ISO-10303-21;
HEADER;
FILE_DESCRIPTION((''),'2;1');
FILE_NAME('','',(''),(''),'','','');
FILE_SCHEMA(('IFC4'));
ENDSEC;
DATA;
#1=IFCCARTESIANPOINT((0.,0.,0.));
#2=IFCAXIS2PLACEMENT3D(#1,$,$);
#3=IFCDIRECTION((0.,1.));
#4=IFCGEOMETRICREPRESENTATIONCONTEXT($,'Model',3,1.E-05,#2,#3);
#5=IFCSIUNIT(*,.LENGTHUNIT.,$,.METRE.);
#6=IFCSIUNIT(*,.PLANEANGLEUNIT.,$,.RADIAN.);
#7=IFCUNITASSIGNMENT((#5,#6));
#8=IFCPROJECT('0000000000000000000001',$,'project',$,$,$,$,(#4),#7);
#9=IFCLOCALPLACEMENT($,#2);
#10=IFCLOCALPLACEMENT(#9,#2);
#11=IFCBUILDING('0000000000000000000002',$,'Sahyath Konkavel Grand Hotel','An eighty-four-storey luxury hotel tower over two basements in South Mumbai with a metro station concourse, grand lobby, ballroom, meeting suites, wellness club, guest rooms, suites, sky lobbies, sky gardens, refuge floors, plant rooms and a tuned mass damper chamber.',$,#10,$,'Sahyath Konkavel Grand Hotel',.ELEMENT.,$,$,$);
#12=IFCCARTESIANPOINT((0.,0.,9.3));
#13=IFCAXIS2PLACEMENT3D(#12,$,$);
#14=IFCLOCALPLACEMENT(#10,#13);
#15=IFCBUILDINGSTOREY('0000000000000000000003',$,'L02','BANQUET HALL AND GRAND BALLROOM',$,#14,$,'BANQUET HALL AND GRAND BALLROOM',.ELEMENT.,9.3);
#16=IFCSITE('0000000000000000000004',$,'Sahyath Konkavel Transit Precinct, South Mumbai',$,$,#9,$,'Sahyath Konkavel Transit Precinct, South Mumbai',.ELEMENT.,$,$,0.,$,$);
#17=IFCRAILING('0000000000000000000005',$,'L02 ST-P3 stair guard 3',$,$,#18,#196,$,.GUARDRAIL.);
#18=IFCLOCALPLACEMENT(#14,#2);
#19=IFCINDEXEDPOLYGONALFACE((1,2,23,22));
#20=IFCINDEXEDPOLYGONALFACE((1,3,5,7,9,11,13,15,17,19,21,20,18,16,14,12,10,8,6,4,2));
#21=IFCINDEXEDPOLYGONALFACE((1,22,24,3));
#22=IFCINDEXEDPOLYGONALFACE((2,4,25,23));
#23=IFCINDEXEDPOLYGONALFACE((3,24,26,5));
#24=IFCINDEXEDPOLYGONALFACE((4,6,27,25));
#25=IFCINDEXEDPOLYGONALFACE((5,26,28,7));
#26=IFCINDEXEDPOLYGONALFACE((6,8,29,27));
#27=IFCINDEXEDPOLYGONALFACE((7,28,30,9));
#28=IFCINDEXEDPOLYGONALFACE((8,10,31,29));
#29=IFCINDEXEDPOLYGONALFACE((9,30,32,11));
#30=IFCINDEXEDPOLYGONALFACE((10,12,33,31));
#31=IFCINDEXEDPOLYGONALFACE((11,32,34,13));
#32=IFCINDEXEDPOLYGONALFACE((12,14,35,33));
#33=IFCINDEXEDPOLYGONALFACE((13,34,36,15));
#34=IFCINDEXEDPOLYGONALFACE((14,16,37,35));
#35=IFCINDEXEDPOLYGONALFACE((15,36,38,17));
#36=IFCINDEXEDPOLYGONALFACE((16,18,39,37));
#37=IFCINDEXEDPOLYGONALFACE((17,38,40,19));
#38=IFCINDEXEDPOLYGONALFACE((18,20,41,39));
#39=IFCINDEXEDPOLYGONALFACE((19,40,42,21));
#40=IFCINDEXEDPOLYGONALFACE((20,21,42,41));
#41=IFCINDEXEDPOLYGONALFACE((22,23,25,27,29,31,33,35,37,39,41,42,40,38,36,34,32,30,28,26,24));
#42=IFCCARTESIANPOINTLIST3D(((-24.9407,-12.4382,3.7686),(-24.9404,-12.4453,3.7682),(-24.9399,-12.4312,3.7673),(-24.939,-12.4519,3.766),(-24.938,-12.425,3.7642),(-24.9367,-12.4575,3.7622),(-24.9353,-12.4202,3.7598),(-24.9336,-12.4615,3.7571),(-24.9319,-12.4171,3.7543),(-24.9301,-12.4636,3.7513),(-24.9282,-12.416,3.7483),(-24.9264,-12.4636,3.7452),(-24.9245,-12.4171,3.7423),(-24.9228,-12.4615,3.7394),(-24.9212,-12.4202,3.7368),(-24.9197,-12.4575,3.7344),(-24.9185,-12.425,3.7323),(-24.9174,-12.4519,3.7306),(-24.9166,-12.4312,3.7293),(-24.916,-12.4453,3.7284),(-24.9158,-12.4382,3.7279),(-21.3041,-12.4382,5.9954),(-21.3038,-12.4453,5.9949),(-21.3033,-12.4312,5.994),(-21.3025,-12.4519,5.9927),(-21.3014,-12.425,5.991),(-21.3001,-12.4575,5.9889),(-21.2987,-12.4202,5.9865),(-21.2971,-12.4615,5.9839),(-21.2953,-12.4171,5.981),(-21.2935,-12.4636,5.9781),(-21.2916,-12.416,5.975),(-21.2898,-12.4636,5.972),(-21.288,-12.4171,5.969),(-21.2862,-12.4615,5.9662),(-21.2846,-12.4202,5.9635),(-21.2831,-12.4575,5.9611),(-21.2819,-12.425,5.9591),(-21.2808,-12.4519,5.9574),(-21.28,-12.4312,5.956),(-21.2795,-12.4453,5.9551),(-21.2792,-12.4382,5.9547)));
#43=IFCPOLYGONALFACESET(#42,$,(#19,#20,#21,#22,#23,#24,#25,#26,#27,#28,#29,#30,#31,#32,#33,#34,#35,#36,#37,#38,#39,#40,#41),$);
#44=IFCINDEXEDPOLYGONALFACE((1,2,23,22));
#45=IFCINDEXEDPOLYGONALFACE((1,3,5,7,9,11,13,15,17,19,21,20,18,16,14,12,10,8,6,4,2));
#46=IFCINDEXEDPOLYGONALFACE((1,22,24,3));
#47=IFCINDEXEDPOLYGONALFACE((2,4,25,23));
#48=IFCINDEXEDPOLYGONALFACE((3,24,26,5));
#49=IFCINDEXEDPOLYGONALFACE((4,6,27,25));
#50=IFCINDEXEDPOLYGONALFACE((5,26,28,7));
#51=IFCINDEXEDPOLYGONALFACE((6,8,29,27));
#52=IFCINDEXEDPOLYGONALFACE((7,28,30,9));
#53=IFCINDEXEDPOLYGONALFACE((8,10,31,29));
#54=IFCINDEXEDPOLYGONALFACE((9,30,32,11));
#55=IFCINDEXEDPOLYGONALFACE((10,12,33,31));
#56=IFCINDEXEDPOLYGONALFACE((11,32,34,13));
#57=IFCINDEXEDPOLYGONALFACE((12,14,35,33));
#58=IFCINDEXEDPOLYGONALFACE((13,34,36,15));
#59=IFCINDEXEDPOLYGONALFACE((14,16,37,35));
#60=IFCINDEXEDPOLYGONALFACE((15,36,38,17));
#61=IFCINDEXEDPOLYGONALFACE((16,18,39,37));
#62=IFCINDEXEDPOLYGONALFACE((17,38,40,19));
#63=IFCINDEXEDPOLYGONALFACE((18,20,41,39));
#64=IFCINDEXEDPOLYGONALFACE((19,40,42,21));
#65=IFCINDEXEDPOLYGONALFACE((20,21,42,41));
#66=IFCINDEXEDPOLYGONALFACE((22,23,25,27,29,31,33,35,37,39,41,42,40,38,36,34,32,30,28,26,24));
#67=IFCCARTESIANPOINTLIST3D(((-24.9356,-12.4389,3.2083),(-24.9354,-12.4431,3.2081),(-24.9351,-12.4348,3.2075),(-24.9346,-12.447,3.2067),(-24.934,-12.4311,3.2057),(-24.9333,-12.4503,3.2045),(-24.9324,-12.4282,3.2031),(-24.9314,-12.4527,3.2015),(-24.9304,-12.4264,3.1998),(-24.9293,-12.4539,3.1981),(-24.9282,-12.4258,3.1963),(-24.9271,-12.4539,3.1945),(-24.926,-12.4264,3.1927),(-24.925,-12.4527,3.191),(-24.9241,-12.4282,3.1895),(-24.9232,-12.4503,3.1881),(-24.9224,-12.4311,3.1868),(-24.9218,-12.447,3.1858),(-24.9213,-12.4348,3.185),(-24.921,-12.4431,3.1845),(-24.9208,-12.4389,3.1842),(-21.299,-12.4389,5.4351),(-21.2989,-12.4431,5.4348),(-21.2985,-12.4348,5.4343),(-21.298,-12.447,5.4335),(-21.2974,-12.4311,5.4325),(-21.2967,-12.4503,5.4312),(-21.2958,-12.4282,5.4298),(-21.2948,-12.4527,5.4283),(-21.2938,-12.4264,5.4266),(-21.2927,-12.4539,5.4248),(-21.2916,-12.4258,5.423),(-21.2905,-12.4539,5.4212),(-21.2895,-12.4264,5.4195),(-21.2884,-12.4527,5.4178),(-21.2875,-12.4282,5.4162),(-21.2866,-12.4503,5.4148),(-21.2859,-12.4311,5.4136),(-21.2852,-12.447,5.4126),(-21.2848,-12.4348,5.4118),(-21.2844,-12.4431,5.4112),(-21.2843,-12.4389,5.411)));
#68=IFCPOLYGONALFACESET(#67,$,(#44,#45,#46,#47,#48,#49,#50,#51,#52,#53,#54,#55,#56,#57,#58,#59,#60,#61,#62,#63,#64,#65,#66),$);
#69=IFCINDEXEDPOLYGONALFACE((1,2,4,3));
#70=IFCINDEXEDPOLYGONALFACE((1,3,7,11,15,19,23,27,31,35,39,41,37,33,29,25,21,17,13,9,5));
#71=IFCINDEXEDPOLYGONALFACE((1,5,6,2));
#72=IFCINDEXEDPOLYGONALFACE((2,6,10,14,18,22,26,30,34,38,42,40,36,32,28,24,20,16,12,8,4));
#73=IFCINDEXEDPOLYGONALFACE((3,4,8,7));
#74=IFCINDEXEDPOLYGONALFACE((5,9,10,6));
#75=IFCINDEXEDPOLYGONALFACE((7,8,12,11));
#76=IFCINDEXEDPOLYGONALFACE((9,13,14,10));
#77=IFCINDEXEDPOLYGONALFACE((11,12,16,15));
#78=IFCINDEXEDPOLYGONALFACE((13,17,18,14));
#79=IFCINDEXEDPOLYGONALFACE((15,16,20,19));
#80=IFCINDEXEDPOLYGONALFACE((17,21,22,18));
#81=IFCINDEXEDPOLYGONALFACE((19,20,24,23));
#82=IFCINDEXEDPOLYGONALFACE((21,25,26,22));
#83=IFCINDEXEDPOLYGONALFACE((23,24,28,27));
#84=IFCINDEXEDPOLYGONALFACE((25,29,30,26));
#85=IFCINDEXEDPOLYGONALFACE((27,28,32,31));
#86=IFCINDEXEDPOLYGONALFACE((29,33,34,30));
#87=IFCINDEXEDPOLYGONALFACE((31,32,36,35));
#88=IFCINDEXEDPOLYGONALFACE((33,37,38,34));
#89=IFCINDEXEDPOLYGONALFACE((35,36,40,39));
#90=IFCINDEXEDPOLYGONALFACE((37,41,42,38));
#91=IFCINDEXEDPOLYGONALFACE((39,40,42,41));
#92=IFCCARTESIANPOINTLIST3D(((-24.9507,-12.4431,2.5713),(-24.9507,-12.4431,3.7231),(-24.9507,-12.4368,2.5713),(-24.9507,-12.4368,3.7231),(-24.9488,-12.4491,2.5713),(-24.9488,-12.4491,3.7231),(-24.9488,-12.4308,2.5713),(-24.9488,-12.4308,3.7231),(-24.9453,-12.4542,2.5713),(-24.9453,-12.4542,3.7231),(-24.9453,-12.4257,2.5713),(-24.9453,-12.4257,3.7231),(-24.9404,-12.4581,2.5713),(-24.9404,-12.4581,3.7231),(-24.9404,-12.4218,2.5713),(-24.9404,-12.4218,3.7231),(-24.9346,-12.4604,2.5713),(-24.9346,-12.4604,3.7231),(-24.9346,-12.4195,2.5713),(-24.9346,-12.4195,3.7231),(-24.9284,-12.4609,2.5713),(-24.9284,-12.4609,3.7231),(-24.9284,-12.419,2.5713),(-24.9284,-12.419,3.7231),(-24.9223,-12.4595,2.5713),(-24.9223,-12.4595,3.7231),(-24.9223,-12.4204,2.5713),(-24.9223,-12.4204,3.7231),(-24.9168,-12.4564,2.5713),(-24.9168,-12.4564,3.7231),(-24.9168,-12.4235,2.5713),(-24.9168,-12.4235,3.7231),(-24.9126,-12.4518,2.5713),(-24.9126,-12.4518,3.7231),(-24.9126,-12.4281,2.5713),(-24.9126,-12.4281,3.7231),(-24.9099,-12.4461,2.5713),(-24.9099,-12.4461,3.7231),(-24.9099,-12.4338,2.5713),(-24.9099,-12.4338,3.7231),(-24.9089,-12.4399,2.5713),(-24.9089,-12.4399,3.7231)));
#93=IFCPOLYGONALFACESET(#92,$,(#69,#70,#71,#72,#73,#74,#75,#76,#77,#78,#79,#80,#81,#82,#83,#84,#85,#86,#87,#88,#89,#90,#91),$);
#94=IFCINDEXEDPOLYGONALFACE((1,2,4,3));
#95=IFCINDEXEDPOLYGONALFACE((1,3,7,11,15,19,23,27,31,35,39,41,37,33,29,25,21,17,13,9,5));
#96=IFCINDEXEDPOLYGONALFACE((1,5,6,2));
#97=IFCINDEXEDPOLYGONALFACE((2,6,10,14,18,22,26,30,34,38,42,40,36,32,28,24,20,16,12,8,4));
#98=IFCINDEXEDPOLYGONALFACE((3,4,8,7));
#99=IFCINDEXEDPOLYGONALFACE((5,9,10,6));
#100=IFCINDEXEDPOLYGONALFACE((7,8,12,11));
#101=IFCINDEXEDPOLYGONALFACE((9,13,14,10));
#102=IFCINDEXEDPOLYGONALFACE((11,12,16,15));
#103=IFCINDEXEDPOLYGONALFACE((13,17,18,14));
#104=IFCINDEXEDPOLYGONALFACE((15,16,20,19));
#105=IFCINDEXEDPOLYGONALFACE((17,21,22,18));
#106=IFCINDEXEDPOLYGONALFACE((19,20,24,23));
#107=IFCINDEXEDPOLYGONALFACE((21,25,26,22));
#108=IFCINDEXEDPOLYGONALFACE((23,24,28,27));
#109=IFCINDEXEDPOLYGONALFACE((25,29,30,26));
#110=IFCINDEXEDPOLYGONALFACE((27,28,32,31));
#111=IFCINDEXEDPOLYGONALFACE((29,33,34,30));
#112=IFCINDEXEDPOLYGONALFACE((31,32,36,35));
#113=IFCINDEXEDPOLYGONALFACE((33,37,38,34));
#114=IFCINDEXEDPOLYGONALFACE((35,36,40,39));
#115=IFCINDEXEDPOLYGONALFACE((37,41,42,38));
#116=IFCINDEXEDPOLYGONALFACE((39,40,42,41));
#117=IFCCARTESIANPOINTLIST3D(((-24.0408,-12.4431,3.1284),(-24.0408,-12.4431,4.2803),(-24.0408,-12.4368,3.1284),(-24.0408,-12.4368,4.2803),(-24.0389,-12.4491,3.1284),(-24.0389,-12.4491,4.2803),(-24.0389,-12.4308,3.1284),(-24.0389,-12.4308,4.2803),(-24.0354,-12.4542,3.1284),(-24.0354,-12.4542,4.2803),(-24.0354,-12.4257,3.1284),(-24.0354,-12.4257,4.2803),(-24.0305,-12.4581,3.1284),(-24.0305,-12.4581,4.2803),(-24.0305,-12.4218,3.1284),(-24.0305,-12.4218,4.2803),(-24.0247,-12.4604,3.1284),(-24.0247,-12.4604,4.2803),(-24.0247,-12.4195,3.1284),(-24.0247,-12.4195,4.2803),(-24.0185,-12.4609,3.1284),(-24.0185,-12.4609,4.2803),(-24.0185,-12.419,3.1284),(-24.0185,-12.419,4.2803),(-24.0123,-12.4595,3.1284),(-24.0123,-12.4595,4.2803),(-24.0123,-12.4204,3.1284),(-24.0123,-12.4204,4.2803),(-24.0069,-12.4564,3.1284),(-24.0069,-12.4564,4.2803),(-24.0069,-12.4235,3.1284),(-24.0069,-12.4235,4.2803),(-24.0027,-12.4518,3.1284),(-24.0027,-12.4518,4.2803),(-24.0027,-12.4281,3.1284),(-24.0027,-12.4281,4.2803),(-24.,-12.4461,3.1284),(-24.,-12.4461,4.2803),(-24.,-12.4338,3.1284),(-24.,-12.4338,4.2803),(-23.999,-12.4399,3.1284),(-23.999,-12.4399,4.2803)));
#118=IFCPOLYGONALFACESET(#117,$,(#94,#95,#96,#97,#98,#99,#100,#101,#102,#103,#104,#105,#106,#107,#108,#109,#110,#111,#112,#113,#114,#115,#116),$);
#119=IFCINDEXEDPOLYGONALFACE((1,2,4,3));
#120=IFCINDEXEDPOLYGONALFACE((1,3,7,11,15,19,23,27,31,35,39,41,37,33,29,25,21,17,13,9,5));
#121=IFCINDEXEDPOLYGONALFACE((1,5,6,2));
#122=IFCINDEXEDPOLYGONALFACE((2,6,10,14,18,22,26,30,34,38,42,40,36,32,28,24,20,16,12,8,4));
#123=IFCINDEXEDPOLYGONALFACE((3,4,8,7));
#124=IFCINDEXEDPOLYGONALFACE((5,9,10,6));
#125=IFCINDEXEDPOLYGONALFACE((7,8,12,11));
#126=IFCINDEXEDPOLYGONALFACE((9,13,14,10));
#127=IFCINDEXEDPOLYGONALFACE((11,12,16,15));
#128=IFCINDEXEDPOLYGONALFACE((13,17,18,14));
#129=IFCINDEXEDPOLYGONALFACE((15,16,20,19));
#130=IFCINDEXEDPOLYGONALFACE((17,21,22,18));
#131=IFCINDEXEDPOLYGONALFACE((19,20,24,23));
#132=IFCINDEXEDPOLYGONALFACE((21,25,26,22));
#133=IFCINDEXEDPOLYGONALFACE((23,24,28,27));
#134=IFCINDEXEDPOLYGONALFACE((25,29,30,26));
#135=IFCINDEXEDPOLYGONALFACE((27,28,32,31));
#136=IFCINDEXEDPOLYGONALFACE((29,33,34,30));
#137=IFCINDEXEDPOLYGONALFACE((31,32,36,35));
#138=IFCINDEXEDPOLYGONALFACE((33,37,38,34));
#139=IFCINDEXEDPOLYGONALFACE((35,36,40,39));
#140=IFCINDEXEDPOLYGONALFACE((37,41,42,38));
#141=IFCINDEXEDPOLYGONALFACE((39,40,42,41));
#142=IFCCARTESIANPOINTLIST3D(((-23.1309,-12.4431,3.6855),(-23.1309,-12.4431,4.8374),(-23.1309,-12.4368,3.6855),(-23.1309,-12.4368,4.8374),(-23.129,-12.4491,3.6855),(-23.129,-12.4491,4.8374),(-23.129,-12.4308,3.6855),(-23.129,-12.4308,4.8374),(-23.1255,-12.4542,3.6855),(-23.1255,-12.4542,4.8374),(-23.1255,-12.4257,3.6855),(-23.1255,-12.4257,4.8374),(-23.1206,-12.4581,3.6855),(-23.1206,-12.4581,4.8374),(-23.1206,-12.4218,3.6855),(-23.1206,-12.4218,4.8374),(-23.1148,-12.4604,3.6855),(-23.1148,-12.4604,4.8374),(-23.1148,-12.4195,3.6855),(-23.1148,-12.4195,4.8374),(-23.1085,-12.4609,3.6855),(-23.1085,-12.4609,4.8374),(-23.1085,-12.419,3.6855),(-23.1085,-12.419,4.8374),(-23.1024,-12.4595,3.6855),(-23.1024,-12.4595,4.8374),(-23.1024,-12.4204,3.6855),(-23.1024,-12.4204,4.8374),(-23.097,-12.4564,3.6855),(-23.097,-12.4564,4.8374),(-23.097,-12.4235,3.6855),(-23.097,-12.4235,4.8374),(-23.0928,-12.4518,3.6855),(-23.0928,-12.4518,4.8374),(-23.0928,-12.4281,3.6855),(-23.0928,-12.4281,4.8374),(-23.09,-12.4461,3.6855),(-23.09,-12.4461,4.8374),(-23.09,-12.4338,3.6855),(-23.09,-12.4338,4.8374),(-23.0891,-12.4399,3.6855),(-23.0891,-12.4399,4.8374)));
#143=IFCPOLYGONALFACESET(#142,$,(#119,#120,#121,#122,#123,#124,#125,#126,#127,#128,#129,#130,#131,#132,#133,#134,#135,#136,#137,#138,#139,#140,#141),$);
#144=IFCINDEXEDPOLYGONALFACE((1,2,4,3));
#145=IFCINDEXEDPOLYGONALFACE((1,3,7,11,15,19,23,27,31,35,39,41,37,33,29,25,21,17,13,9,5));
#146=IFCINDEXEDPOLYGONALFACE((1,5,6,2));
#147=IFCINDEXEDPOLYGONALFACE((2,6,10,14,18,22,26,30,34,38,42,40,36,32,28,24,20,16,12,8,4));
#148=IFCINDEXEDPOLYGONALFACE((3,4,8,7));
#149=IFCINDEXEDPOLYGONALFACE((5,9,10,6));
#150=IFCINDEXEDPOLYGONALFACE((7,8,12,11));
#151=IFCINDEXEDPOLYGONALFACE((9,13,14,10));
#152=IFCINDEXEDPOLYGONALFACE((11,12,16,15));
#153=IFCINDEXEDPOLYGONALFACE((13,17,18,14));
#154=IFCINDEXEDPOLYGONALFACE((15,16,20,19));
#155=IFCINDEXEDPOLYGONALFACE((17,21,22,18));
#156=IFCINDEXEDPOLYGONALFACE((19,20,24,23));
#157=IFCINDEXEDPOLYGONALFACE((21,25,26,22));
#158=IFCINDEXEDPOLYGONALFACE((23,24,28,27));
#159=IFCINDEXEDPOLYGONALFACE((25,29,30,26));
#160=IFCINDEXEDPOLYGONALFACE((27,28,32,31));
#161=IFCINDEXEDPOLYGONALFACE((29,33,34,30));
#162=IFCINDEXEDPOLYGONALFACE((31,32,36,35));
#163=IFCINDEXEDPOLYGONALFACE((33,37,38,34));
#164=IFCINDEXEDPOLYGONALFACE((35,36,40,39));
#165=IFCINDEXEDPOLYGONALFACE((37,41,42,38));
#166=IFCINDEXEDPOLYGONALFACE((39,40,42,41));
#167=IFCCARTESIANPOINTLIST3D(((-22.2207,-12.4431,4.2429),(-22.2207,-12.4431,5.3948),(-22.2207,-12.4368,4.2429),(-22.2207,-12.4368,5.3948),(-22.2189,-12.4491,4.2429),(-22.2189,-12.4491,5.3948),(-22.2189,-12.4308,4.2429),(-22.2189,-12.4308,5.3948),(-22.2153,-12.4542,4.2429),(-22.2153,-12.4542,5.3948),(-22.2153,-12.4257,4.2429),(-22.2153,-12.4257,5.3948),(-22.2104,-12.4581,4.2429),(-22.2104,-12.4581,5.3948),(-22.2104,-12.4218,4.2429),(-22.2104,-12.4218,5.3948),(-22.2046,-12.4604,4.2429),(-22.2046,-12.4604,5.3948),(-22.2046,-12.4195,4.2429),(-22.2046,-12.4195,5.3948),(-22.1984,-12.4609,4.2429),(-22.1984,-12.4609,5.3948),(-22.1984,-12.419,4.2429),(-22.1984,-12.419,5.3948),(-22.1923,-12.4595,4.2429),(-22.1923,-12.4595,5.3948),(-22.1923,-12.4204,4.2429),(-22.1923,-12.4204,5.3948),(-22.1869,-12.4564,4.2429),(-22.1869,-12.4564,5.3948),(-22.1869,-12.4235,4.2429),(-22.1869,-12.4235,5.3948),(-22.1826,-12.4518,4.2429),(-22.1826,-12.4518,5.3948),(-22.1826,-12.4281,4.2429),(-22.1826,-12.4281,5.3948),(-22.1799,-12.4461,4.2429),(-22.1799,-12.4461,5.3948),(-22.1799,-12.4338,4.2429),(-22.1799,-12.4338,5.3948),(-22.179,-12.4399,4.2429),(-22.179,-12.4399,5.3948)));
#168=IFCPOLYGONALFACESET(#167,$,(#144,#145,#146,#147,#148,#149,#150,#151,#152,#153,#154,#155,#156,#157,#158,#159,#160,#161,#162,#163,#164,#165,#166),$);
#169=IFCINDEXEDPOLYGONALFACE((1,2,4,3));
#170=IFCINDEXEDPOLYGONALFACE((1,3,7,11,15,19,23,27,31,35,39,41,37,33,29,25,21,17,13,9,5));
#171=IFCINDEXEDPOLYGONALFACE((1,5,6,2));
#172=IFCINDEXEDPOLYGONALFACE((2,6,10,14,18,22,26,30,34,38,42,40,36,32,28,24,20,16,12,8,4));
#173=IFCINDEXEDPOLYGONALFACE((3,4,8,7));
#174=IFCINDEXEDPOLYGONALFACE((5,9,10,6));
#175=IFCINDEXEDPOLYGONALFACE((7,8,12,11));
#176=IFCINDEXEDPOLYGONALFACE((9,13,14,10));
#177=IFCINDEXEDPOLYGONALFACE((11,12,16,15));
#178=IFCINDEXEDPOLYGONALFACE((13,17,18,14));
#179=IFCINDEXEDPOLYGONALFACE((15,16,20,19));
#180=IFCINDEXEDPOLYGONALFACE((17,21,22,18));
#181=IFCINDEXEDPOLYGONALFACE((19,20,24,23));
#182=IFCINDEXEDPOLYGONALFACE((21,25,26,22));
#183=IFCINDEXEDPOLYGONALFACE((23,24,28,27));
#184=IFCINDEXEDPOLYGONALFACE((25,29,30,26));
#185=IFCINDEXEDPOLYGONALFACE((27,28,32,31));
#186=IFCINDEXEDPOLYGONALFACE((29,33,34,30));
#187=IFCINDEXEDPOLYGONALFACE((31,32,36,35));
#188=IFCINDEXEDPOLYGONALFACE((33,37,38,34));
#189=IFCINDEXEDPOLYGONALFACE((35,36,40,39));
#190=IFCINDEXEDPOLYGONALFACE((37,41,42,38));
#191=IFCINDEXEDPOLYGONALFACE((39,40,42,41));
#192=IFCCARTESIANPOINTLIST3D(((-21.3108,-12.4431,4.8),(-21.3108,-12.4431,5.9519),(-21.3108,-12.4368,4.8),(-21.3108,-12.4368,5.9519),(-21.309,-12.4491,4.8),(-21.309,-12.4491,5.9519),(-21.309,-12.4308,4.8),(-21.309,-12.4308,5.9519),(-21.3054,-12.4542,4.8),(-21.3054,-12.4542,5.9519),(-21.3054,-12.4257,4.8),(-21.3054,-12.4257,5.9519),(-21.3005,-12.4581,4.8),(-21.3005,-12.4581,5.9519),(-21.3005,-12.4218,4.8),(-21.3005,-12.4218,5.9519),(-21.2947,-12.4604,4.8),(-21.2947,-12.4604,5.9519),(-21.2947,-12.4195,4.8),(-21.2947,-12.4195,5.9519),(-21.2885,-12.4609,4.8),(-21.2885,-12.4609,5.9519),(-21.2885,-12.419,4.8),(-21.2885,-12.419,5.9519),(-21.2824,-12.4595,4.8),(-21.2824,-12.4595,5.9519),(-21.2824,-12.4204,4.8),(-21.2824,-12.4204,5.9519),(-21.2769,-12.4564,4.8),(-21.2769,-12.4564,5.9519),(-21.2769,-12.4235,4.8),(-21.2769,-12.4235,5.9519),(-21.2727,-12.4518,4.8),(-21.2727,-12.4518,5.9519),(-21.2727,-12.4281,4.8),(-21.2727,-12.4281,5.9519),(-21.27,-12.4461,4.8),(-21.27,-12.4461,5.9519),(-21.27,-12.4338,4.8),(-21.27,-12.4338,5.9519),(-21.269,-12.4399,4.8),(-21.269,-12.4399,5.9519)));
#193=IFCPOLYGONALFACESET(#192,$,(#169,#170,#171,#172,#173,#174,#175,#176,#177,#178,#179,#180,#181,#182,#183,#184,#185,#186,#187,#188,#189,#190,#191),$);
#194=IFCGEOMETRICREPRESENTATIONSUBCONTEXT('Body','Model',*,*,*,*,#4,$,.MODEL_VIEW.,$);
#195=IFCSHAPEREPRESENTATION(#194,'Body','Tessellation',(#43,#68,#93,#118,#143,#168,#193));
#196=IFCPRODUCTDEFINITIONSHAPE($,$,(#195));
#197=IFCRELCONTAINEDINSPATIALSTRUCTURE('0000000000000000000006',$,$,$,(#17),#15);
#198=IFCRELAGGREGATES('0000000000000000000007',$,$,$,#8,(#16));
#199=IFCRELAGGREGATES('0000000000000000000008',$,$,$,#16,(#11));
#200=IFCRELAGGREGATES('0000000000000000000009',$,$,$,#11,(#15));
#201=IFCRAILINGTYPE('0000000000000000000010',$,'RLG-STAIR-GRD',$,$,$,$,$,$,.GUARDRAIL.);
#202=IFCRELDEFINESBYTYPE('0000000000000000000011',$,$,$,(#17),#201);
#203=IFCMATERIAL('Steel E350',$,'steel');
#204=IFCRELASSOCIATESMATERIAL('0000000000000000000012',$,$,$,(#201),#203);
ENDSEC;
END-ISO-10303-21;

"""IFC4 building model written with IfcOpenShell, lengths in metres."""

from ifc_helpers import new_model, si_unit, direction, frame, origin, origin_2d, place, context, subcontext, project, spatial, circle, extrude, material, type_object, element, save


model = new_model("IFC4")

# Units and contexts
model_context = context("Model", 3, precision=1e-05, world=origin(), true_north=direction((0.0, 1.0)))
body_context = subcontext(model_context, "Body", "Model", "MODEL_VIEW")
ifc_project = project(units=[si_unit("LENGTHUNIT", "METRE"), si_unit("PLANEANGLEUNIT", "RADIAN")], contexts=[model_context])

# Site, building, storey
site_placement = place(None, origin())
site = spatial("IfcSite", under=ifc_project, at=site_placement, Name="Sahyath Konkavel Transit Precinct, South Mumbai", LongName="Sahyath Konkavel Transit Precinct, South Mumbai", CompositionType="ELEMENT", RefElevation=0.0)
building_placement = place(site_placement, origin())
building = spatial("IfcBuilding", under=site, at=building_placement, Name="Sahyath Konkavel Grand Hotel", Description="An eighty-four-storey luxury hotel tower over two basements in South Mumbai with a metro station concourse, grand lobby, ballroom, meeting suites, wellness club, guest rooms, suites, sky lobbies, sky gardens, refuge floors, plant rooms and a tuned mass damper chamber.", LongName="Sahyath Konkavel Grand Hotel", CompositionType="ELEMENT")
storey_placement = place(building_placement, frame((0.0, 0.0, 9.3)))
storey = spatial("IfcBuildingStorey", under=building, at=storey_placement, Name="L02", Description="BANQUET HALL AND GRAND BALLROOM", LongName="BANQUET HALL AND GRAND BALLROOM", CompositionType="ELEMENT", Elevation=9.3)

# Railing
ifc_material_1 = material(Name="Steel E350", Category="steel")
railing_type_1 = type_object("IfcRailingType", Name="RLG-STAIR-GRD", PredefinedType="GUARDRAIL", material=ifc_material_1)
railing_1_placement = place(storey_placement, frame((-24.9299, -12.4399, 2.5713)))
element("IfcRailing", 1, at=railing_1_placement, inside=storey, type_object=railing_type_1, Name="L02 ST-P3 stair guard 3", PredefinedType="GUARDRAIL", context=body_context, shape_type="SweptSolid", body=[
    extrude(circle(Radius=0.0239, at=origin_2d()), frame((0.0017, 0.0, 1.177), z_axis=(0.852825, 0.0, 0.522197), x_axis=(0.0, 1.0, 0.0)), (0.0, 0.0, 1.0), 4.2642),
    extrude(circle(Radius=0.0142, at=origin_2d()), frame((0.0017, 0.0, 0.625), z_axis=(0.852825, 0.0, 0.522197), x_axis=(0.0, 1.0, 0.0)), (0.0, 0.0, 1.0), 4.2642),
    extrude(circle(Radius=0.021, at=origin_2d()), origin(), (0.0, 0.0, 1.0), 1.1519),
    extrude(circle(Radius=0.021, at=origin_2d()), frame((0.9099, 0.0, 0.5571)), (0.0, 0.0, 1.0), 1.1519),
    extrude(circle(Radius=0.021, at=origin_2d()), frame((1.8198, 0.0, 1.1143)), (0.0, 0.0, 1.0), 1.1519),
    extrude(circle(Radius=0.021, at=origin_2d()), frame((2.73, 0.0, 1.6716)), (0.0, 0.0, 1.0), 1.1519),
    extrude(circle(Radius=0.021, at=origin_2d()), frame((3.6399, 0.0, 2.2288)), (0.0, 0.0, 1.0), 1.1519),
])

save(model, "model.ifc")
